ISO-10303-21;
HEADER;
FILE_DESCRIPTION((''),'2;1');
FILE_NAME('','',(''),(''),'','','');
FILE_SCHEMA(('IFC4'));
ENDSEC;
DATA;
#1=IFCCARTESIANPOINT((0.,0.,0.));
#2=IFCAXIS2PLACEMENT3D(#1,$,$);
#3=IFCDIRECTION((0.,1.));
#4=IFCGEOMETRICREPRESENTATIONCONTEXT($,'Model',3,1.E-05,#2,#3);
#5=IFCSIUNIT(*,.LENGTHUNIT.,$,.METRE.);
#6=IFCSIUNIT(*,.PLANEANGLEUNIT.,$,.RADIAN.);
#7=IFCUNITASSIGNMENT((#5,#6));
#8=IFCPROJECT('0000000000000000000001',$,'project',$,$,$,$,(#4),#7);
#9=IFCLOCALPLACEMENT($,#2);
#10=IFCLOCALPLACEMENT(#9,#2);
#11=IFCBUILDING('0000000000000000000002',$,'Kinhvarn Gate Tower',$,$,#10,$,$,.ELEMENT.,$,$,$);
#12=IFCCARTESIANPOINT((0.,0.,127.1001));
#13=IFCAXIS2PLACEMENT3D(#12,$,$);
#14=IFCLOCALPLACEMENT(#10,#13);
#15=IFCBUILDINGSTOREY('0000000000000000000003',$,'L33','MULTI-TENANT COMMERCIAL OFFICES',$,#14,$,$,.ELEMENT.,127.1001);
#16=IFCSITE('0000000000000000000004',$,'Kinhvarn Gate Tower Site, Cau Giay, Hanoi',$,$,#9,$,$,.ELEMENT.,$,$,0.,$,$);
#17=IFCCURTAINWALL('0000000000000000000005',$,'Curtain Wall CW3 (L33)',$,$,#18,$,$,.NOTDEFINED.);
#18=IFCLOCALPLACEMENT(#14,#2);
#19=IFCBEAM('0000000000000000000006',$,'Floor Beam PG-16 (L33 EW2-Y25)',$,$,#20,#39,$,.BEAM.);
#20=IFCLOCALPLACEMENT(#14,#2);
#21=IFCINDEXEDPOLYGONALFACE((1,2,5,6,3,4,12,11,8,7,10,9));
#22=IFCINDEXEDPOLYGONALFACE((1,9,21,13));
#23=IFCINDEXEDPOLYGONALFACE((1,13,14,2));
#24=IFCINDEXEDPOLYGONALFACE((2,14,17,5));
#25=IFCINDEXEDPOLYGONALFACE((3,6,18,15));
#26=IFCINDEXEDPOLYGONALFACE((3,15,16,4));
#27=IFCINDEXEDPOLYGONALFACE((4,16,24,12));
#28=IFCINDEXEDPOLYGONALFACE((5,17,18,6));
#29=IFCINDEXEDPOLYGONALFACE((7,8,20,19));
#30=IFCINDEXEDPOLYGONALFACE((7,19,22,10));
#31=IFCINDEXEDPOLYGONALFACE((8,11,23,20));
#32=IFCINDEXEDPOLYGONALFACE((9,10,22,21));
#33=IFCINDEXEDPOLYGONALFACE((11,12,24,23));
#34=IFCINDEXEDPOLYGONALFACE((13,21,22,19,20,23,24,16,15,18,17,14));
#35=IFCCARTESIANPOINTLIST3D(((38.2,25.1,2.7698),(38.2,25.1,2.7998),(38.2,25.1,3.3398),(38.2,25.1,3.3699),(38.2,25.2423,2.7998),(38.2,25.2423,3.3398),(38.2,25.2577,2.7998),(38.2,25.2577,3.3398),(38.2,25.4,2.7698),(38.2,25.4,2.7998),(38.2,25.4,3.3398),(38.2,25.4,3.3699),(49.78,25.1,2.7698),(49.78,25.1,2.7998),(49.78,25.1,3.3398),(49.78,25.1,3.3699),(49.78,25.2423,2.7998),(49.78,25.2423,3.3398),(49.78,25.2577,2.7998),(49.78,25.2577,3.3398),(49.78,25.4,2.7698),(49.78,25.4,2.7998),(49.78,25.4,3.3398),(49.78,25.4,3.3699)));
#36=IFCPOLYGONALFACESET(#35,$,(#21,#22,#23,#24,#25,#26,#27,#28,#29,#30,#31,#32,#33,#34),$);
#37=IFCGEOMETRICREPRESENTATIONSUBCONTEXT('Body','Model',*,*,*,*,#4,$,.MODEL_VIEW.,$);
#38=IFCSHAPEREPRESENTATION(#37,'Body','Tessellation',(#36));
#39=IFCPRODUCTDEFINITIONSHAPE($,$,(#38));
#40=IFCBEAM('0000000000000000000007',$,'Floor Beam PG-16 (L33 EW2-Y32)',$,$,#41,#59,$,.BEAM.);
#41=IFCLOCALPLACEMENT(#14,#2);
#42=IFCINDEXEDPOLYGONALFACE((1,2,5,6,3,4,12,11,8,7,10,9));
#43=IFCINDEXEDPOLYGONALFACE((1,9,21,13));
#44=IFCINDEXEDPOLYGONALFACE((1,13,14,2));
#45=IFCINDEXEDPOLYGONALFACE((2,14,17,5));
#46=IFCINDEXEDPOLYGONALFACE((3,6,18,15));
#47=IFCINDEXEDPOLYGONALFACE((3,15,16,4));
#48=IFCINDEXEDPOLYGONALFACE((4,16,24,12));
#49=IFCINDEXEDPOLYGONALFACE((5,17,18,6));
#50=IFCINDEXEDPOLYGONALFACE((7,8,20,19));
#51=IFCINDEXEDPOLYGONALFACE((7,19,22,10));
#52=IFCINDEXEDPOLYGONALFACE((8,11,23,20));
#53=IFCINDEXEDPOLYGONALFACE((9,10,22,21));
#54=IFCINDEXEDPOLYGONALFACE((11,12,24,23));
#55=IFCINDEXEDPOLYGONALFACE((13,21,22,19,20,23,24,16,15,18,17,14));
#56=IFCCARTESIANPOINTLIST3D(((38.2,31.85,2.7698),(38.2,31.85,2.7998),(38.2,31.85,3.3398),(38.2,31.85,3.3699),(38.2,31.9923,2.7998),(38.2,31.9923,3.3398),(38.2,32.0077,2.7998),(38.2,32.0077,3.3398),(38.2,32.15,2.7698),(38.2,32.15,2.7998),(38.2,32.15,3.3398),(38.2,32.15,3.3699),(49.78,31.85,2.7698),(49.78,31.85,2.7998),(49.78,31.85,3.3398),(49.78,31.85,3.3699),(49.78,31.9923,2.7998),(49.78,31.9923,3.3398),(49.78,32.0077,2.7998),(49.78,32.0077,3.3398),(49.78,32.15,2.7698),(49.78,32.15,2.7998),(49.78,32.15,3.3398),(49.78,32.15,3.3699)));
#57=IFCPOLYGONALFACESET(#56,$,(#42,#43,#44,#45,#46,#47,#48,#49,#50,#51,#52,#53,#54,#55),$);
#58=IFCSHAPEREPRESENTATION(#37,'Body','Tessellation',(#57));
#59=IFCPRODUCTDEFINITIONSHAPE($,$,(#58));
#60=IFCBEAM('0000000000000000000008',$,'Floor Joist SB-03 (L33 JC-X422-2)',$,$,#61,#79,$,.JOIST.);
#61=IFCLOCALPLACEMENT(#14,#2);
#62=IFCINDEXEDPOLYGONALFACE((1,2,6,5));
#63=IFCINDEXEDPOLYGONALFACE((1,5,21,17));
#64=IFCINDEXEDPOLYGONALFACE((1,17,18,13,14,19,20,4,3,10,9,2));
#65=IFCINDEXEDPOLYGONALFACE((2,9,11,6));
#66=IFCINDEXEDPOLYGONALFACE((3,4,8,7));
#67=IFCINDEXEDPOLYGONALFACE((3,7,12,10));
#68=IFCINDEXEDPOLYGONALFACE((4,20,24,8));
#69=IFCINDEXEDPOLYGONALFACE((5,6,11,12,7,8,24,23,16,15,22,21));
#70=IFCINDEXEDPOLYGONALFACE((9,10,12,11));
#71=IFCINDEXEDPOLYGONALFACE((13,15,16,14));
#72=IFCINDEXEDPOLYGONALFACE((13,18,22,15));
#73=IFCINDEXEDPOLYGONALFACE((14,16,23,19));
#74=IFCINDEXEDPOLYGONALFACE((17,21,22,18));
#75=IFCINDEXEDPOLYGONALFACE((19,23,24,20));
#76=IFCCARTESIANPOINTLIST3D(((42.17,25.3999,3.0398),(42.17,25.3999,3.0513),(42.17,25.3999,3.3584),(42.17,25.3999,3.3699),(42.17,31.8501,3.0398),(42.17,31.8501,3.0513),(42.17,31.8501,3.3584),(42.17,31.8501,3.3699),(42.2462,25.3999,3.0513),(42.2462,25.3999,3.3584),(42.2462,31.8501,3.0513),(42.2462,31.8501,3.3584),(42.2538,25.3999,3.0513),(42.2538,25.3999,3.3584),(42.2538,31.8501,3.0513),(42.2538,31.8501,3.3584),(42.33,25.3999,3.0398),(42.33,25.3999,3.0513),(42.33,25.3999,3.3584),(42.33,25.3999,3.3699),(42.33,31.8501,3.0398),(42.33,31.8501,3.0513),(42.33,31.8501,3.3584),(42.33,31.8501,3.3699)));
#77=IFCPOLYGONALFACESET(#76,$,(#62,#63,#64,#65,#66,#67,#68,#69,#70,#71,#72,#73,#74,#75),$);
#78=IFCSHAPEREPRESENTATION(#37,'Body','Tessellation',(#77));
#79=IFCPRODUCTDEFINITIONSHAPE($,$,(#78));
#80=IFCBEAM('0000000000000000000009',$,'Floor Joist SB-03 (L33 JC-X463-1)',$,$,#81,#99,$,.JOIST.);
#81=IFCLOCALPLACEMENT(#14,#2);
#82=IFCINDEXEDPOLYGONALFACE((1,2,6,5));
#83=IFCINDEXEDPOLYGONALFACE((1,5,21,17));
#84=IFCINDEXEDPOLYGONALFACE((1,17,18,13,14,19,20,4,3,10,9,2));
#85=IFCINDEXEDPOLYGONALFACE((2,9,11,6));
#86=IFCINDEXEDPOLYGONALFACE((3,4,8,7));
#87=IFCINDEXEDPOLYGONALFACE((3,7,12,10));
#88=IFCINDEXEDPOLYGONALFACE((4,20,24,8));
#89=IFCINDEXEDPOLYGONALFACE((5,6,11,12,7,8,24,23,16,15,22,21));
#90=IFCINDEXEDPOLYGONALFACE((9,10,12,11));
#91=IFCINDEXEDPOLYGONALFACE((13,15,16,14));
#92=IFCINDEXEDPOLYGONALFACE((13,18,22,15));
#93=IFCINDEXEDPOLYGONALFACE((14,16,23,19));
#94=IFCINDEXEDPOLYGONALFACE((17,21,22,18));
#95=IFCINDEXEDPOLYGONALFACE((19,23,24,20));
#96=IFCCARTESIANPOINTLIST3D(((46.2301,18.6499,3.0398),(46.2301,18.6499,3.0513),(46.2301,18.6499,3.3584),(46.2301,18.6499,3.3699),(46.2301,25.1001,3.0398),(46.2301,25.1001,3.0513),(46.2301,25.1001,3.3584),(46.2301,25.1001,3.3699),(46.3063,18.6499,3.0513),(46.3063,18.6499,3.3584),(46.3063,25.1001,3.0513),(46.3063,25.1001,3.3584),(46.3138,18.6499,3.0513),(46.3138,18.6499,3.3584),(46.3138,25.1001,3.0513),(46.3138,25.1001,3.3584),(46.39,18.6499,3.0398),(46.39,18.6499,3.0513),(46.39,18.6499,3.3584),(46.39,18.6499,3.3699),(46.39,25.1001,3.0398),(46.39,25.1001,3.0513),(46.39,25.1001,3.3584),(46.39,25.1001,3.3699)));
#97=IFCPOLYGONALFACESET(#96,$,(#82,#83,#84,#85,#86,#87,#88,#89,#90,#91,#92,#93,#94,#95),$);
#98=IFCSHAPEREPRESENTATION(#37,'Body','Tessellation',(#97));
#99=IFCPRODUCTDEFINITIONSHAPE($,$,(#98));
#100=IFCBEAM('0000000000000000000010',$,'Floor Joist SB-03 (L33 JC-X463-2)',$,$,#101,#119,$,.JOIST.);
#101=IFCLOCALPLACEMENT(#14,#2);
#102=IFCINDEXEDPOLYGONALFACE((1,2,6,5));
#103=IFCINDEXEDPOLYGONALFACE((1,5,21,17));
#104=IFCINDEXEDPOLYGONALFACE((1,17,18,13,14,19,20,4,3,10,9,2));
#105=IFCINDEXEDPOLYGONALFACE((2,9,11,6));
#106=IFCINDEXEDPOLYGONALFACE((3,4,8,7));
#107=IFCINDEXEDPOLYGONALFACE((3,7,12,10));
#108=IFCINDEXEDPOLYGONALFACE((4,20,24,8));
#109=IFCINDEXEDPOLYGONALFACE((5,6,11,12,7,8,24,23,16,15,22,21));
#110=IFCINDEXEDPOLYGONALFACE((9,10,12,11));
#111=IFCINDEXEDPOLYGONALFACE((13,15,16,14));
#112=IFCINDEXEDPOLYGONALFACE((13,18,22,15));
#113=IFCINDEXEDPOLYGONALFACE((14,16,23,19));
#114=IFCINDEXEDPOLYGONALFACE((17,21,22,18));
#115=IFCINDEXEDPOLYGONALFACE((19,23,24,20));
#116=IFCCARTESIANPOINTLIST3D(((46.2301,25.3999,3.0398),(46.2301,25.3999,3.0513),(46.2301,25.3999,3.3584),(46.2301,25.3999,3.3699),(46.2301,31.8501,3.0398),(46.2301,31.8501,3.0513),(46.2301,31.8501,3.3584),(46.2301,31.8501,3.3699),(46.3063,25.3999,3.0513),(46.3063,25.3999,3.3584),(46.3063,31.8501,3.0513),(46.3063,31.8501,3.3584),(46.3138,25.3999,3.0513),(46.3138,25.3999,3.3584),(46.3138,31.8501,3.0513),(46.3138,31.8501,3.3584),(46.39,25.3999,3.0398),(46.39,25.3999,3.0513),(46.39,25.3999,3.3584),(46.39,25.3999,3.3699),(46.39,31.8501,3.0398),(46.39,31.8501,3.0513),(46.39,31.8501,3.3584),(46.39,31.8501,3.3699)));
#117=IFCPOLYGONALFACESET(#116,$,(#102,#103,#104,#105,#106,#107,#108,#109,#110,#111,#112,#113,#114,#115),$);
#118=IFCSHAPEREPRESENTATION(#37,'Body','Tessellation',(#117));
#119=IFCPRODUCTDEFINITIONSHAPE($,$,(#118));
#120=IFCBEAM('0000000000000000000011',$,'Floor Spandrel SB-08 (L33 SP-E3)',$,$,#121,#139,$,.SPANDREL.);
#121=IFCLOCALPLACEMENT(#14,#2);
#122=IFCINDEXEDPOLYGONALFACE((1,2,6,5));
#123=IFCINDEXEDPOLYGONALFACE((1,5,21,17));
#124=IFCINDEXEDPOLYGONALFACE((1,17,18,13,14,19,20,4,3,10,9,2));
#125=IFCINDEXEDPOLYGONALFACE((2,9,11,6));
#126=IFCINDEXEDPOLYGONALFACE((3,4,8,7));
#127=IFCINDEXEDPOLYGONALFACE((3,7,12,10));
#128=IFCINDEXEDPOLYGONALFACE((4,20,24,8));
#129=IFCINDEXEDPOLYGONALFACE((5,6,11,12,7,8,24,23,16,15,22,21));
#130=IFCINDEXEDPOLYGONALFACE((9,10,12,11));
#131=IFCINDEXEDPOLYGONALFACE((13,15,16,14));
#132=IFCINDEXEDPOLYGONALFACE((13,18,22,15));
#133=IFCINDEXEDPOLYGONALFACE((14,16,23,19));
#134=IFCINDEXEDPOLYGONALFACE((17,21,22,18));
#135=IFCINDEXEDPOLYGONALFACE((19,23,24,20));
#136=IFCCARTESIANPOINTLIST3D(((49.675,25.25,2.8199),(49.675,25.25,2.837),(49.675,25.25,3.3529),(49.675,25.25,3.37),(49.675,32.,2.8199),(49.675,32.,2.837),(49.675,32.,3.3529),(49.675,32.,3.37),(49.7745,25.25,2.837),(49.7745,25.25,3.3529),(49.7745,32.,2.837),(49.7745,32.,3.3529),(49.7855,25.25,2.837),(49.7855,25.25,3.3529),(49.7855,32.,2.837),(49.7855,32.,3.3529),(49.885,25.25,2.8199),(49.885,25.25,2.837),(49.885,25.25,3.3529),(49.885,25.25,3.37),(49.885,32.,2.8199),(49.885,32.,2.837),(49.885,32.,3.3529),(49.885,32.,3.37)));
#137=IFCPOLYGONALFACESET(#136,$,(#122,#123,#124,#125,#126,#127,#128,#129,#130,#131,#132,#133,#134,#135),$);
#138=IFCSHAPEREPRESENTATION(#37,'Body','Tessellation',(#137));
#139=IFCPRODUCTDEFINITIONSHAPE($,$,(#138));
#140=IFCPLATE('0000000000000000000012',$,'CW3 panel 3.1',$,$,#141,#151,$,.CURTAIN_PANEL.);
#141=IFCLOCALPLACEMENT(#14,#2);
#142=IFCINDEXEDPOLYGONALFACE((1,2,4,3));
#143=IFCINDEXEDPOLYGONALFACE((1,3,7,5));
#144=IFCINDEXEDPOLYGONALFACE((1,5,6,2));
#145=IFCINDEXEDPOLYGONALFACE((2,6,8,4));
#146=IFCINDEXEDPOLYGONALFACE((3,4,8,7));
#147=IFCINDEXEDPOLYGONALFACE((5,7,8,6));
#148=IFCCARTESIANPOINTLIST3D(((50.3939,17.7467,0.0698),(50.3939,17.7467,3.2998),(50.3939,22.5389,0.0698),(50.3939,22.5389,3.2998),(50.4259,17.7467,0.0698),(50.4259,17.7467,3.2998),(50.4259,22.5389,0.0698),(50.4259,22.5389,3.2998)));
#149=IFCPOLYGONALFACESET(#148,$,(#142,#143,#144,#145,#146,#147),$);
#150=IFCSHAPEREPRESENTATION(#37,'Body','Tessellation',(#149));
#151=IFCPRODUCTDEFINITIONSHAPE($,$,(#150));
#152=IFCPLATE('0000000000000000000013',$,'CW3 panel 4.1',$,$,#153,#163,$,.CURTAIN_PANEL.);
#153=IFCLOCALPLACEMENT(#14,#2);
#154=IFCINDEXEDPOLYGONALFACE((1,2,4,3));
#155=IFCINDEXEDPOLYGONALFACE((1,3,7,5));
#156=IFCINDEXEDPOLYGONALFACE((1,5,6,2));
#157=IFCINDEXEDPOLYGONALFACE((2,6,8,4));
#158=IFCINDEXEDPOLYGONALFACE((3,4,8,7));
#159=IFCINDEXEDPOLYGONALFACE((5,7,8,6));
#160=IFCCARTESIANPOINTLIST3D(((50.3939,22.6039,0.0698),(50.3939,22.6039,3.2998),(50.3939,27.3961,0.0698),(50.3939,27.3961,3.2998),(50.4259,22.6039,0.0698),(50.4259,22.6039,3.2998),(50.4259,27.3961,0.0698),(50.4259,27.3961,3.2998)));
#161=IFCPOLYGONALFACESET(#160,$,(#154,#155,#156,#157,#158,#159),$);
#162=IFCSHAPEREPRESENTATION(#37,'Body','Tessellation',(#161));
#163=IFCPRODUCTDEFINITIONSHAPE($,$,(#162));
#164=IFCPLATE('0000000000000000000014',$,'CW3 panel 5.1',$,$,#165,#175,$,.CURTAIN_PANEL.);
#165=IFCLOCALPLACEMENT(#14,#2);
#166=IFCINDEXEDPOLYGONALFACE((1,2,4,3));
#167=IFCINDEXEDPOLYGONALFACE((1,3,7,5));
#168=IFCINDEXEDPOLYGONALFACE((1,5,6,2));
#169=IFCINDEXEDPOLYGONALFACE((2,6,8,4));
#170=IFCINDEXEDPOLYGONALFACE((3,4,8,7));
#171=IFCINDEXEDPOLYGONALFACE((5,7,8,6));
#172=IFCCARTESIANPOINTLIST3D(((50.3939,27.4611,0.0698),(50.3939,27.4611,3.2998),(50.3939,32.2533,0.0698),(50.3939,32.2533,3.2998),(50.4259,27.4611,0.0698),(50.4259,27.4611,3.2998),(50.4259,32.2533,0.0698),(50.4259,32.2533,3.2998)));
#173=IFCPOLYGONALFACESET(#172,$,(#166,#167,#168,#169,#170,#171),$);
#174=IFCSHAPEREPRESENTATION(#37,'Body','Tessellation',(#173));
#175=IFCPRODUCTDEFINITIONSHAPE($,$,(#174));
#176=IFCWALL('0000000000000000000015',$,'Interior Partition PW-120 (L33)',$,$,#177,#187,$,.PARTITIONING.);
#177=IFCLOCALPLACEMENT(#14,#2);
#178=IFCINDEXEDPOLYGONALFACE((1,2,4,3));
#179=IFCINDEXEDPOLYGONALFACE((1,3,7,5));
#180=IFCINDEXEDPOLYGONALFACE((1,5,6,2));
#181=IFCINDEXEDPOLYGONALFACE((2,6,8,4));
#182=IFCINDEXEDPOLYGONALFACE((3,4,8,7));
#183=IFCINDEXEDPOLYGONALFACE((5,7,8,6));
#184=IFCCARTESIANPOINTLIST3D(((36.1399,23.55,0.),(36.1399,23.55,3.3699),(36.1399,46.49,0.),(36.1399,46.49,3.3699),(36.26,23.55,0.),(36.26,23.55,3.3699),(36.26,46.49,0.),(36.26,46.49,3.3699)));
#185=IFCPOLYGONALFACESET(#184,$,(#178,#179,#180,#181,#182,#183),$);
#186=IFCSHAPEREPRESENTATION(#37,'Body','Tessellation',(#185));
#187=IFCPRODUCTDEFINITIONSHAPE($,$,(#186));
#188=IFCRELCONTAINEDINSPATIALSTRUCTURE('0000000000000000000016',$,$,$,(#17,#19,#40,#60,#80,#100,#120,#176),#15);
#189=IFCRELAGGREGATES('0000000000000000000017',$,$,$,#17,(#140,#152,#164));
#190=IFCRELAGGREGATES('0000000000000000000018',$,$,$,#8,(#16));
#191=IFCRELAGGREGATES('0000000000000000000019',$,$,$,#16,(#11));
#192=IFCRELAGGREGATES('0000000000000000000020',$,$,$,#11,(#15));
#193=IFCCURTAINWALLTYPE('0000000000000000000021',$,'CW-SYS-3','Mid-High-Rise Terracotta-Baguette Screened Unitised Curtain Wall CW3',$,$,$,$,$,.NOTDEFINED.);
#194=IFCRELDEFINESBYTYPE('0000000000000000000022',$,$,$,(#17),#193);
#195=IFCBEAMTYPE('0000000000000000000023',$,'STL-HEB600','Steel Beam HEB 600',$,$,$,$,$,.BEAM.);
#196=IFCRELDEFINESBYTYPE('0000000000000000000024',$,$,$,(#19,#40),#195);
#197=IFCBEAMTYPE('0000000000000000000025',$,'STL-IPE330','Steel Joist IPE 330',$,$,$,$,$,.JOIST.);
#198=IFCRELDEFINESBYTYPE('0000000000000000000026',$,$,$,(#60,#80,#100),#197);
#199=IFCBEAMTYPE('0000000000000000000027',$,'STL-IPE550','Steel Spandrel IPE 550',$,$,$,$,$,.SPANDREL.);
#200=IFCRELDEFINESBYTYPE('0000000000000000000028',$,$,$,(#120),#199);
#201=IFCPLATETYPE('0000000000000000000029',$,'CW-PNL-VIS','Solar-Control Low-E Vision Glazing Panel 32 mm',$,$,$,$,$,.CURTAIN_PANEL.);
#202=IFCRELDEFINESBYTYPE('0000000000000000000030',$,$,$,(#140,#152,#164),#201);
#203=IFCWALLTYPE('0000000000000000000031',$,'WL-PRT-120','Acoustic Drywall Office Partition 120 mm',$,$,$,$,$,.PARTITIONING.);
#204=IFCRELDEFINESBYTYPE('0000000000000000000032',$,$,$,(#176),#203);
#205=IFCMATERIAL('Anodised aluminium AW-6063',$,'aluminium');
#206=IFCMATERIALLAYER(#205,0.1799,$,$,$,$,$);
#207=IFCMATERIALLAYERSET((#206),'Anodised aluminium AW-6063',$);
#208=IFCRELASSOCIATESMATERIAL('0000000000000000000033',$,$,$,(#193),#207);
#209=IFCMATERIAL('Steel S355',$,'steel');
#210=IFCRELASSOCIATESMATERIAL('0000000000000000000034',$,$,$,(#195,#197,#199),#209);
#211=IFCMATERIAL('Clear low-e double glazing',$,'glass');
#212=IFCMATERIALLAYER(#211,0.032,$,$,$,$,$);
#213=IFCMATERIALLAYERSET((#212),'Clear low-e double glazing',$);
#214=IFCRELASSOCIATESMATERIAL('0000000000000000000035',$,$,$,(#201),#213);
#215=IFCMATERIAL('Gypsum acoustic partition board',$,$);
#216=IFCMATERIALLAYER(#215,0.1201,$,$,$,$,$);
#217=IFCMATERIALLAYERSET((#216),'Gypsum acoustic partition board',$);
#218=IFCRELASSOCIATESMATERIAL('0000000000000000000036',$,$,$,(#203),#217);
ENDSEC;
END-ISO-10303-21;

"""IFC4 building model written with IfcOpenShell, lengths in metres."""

from ifc_helpers import new_model, si_unit, direction, frame, frame_2d, origin, origin_2d, place, context, subcontext, project, spatial, rectangle, i_section, extrude, material, layer, layer_set, material_profile, profile_set, type_object, element, aggregate, save


model = new_model("IFC4")

# Units and contexts
model_context = context("Model", 3, precision=1e-05, world=origin(), true_north=direction((0.0, 1.0)))
body_context = subcontext(model_context, "Body", "Model", "MODEL_VIEW")
ifc_project = project(units=[si_unit("LENGTHUNIT", "METRE"), si_unit("PLANEANGLEUNIT", "RADIAN")], contexts=[model_context])

# Site, building, storey
site_placement = place(None, origin())
site = spatial("IfcSite", under=ifc_project, at=site_placement, Name="Kinhvarn Gate Tower Site, Cau Giay, Hanoi", CompositionType="ELEMENT", RefElevation=0.0)
building_placement = place(site_placement, origin())
building = spatial("IfcBuilding", under=site, at=building_placement, Name="Kinhvarn Gate Tower", CompositionType="ELEMENT")
storey_placement = place(building_placement, frame((0.0, 0.0, 127.1001)))
storey = spatial("IfcBuildingStorey", under=building, at=storey_placement, Name="L33", Description="MULTI-TENANT COMMERCIAL OFFICES", CompositionType="ELEMENT", Elevation=127.1001)

# Curtain wall
ifc_material_1 = material(Name="Anodised aluminium AW-6063", Category="aluminium")
ifc_layer_1 = layer(ifc_material_1, 0.1799)
ifc_layer_set_1 = layer_set([ifc_layer_1], Name="Anodised aluminium AW-6063")
curtain_wall_type = type_object("IfcCurtainWallType", Name="CW-SYS-3", Description="Mid-High-Rise Terracotta-Baguette Screened Unitised Curtain Wall CW3", PredefinedType="NOTDEFINED", material=ifc_layer_set_1)
curtain_wall_placement = place(storey_placement, origin())
curtain_wall = element("IfcCurtainWall", 1, at=curtain_wall_placement, inside=storey, type_object=curtain_wall_type, Name="Curtain Wall CW3 (L33)", PredefinedType="NOTDEFINED")

# Beams
ifc_material_2 = material(Name="Steel S355", Category="steel")
ifc_material_profile_1 = material_profile(ifc_material_2, i_section(OverallWidth=0.3, OverallDepth=0.6001, WebThickness=0.0154, FlangeThickness=0.03, at=origin_2d()), Name="HEB 600")
ifc_profile_set_1 = profile_set([ifc_material_profile_1], Name="Steel S355")
beam_type_1 = type_object("IfcBeamType", Name="STL-HEB600", Description="Steel Beam HEB 600", PredefinedType="BEAM", material=ifc_profile_set_1)
for number, where, z_axis, x_axis, name in (
    (2, (38.2, 25.25, 3.0698), (1.0, 0.0, 0.0), (0.0, 1.0, 0.0), "Floor Beam PG-16 (L33 EW2-Y25)"),
    (3, (38.2, 32.0, 3.0698), (1.0, 0.0, 0.0), (0.0, 1.0, 0.0), "Floor Beam PG-16 (L33 EW2-Y32)"),
):
    element("IfcBeam", number, at=place(storey_placement, frame(where, z_axis=z_axis, x_axis=x_axis)), inside=storey, type_object=beam_type_1, Name=name, PredefinedType="BEAM", context=body_context, shape_type="SweptSolid", body=[
        extrude(i_section(OverallWidth=0.3, OverallDepth=0.6001, WebThickness=0.0154, FlangeThickness=0.03, at=origin_2d()), origin(), (0.0, 0.0, 1.0), 11.5801),
    ])
ifc_material_profile_2 = material_profile(ifc_material_2, i_section(OverallWidth=0.1599, OverallDepth=0.3301, WebThickness=0.0076, FlangeThickness=0.0115, at=origin_2d()), Name="IPE 330")
ifc_profile_set_2 = profile_set([ifc_material_profile_2], Name="Steel S355")
beam_type_2 = type_object("IfcBeamType", Name="STL-IPE330", Description="Steel Joist IPE 330", PredefinedType="JOIST", material=ifc_profile_set_2)
for number, where, z_axis, x_axis, name in (
    (4, (42.25, 25.3999, 3.2048), (0.0, 1.0, 0.0), (-1.0, 0.0, 0.0), "Floor Joist SB-03 (L33 JC-X422-2)"),
    (5, (46.3101, 18.6499, 3.2048), (0.0, 1.0, 0.0), (-1.0, 0.0, 0.0), "Floor Joist SB-03 (L33 JC-X463-1)"),
    (6, (46.3101, 25.3999, 3.2048), (0.0, 1.0, 0.0), (-1.0, 0.0, 0.0), "Floor Joist SB-03 (L33 JC-X463-2)"),
):
    element("IfcBeam", number, at=place(storey_placement, frame(where, z_axis=z_axis, x_axis=x_axis)), inside=storey, type_object=beam_type_2, Name=name, PredefinedType="JOIST", context=body_context, shape_type="SweptSolid", body=[
        extrude(i_section(OverallWidth=0.1599, OverallDepth=0.3301, WebThickness=0.0076, FlangeThickness=0.0115, at=origin_2d()), origin(), (0.0, 0.0, 1.0), 6.4502),
    ])
ifc_material_profile_3 = material_profile(ifc_material_2, i_section(OverallWidth=0.21, OverallDepth=0.55, WebThickness=0.011, FlangeThickness=0.0171, at=origin_2d()), Name="IPE 550")
ifc_profile_set_3 = profile_set([ifc_material_profile_3], Name="Steel S355")
beam_type_3 = type_object("IfcBeamType", Name="STL-IPE550", Description="Steel Spandrel IPE 550", PredefinedType="SPANDREL", material=ifc_profile_set_3)
beam_1_placement = place(storey_placement, frame((49.78, 25.25, 3.095), z_axis=(0.0, 1.0, 0.0), x_axis=(-1.0, 0.0, 0.0)))
element("IfcBeam", 7, at=beam_1_placement, inside=storey, type_object=beam_type_3, Name="Floor Spandrel SB-08 (L33 SP-E3)", PredefinedType="SPANDREL", context=body_context, shape_type="SweptSolid", body=[
    extrude(i_section(OverallWidth=0.21, OverallDepth=0.55, WebThickness=0.011, FlangeThickness=0.0171, at=origin_2d()), origin(), (0.0, 0.0, 1.0), 6.75),
])

# Plates
ifc_material_3 = material(Name="Clear low-e double glazing", Category="glass")
ifc_layer_2 = layer(ifc_material_3, 0.032)
ifc_layer_set_2 = layer_set([ifc_layer_2], Name="Clear low-e double glazing")
plate_type = type_object("IfcPlateType", Name="CW-PNL-VIS", Description="Solar-Control Low-E Vision Glazing Panel 32 mm", PredefinedType="CURTAIN_PANEL", material=ifc_layer_set_2)
plate_1_placement = place(storey_placement, frame((50.4099, 20.1428, 0.0698), z_axis=(0.0, 0.0, 1.0), x_axis=(0.0, 1.0, 0.0)))
plate_1 = element("IfcPlate", 8, at=plate_1_placement, type_object=plate_type, Name="CW3 panel 3.1", PredefinedType="CURTAIN_PANEL", context=body_context, shape_type="SweptSolid", body=[
    extrude(rectangle(XDim=4.7922, YDim=0.032, at=origin_2d()), origin(), (0.0, 0.0, 1.0), 3.23),
])
plate_2_placement = place(storey_placement, frame((50.4099, 25.0, 0.0698), z_axis=(0.0, 0.0, 1.0), x_axis=(0.0, 1.0, 0.0)))
plate_2 = element("IfcPlate", 9, at=plate_2_placement, type_object=plate_type, Name="CW3 panel 4.1", PredefinedType="CURTAIN_PANEL", context=body_context, shape_type="SweptSolid", body=[
    extrude(rectangle(XDim=4.7922, YDim=0.032, at=origin_2d()), origin(), (0.0, 0.0, 1.0), 3.23),
])
plate_3_placement = place(storey_placement, frame((50.4099, 29.8572, 0.0698), z_axis=(0.0, 0.0, 1.0), x_axis=(0.0, 1.0, 0.0)))
plate_3 = element("IfcPlate", 10, at=plate_3_placement, type_object=plate_type, Name="CW3 panel 5.1", PredefinedType="CURTAIN_PANEL", context=body_context, shape_type="SweptSolid", body=[
    extrude(rectangle(XDim=4.7922, YDim=0.032, at=origin_2d()), origin(), (0.0, 0.0, 1.0), 3.23),
])
aggregate(curtain_wall, [plate_1, plate_2, plate_3])

# Wall
ifc_material_4 = material(Name="Gypsum acoustic partition board")
ifc_layer_3 = layer(ifc_material_4, 0.1201)
ifc_layer_set_3 = layer_set([ifc_layer_3], Name="Gypsum acoustic partition board")
wall_type = type_object("IfcWallType", Name="WL-PRT-120", Description="Acoustic Drywall Office Partition 120 mm", PredefinedType="PARTITIONING", material=ifc_layer_set_3)
wall_placement = place(storey_placement, frame((36.2, 23.55, 0.0), z_axis=(0.0, 0.0, 1.0), x_axis=(0.0, 1.0, 0.0)))
element("IfcWall", 11, at=wall_placement, inside=storey, type_object=wall_type, Name="Interior Partition PW-120 (L33)", PredefinedType="PARTITIONING", context=body_context, shape_type="SweptSolid", body=[
    extrude(rectangle(XDim=22.9399, YDim=0.1201, at=frame_2d((11.47, 0.0))), origin(), (0.0, 0.0, 1.0), 3.3699),
])

save(model, "model.ifc")
